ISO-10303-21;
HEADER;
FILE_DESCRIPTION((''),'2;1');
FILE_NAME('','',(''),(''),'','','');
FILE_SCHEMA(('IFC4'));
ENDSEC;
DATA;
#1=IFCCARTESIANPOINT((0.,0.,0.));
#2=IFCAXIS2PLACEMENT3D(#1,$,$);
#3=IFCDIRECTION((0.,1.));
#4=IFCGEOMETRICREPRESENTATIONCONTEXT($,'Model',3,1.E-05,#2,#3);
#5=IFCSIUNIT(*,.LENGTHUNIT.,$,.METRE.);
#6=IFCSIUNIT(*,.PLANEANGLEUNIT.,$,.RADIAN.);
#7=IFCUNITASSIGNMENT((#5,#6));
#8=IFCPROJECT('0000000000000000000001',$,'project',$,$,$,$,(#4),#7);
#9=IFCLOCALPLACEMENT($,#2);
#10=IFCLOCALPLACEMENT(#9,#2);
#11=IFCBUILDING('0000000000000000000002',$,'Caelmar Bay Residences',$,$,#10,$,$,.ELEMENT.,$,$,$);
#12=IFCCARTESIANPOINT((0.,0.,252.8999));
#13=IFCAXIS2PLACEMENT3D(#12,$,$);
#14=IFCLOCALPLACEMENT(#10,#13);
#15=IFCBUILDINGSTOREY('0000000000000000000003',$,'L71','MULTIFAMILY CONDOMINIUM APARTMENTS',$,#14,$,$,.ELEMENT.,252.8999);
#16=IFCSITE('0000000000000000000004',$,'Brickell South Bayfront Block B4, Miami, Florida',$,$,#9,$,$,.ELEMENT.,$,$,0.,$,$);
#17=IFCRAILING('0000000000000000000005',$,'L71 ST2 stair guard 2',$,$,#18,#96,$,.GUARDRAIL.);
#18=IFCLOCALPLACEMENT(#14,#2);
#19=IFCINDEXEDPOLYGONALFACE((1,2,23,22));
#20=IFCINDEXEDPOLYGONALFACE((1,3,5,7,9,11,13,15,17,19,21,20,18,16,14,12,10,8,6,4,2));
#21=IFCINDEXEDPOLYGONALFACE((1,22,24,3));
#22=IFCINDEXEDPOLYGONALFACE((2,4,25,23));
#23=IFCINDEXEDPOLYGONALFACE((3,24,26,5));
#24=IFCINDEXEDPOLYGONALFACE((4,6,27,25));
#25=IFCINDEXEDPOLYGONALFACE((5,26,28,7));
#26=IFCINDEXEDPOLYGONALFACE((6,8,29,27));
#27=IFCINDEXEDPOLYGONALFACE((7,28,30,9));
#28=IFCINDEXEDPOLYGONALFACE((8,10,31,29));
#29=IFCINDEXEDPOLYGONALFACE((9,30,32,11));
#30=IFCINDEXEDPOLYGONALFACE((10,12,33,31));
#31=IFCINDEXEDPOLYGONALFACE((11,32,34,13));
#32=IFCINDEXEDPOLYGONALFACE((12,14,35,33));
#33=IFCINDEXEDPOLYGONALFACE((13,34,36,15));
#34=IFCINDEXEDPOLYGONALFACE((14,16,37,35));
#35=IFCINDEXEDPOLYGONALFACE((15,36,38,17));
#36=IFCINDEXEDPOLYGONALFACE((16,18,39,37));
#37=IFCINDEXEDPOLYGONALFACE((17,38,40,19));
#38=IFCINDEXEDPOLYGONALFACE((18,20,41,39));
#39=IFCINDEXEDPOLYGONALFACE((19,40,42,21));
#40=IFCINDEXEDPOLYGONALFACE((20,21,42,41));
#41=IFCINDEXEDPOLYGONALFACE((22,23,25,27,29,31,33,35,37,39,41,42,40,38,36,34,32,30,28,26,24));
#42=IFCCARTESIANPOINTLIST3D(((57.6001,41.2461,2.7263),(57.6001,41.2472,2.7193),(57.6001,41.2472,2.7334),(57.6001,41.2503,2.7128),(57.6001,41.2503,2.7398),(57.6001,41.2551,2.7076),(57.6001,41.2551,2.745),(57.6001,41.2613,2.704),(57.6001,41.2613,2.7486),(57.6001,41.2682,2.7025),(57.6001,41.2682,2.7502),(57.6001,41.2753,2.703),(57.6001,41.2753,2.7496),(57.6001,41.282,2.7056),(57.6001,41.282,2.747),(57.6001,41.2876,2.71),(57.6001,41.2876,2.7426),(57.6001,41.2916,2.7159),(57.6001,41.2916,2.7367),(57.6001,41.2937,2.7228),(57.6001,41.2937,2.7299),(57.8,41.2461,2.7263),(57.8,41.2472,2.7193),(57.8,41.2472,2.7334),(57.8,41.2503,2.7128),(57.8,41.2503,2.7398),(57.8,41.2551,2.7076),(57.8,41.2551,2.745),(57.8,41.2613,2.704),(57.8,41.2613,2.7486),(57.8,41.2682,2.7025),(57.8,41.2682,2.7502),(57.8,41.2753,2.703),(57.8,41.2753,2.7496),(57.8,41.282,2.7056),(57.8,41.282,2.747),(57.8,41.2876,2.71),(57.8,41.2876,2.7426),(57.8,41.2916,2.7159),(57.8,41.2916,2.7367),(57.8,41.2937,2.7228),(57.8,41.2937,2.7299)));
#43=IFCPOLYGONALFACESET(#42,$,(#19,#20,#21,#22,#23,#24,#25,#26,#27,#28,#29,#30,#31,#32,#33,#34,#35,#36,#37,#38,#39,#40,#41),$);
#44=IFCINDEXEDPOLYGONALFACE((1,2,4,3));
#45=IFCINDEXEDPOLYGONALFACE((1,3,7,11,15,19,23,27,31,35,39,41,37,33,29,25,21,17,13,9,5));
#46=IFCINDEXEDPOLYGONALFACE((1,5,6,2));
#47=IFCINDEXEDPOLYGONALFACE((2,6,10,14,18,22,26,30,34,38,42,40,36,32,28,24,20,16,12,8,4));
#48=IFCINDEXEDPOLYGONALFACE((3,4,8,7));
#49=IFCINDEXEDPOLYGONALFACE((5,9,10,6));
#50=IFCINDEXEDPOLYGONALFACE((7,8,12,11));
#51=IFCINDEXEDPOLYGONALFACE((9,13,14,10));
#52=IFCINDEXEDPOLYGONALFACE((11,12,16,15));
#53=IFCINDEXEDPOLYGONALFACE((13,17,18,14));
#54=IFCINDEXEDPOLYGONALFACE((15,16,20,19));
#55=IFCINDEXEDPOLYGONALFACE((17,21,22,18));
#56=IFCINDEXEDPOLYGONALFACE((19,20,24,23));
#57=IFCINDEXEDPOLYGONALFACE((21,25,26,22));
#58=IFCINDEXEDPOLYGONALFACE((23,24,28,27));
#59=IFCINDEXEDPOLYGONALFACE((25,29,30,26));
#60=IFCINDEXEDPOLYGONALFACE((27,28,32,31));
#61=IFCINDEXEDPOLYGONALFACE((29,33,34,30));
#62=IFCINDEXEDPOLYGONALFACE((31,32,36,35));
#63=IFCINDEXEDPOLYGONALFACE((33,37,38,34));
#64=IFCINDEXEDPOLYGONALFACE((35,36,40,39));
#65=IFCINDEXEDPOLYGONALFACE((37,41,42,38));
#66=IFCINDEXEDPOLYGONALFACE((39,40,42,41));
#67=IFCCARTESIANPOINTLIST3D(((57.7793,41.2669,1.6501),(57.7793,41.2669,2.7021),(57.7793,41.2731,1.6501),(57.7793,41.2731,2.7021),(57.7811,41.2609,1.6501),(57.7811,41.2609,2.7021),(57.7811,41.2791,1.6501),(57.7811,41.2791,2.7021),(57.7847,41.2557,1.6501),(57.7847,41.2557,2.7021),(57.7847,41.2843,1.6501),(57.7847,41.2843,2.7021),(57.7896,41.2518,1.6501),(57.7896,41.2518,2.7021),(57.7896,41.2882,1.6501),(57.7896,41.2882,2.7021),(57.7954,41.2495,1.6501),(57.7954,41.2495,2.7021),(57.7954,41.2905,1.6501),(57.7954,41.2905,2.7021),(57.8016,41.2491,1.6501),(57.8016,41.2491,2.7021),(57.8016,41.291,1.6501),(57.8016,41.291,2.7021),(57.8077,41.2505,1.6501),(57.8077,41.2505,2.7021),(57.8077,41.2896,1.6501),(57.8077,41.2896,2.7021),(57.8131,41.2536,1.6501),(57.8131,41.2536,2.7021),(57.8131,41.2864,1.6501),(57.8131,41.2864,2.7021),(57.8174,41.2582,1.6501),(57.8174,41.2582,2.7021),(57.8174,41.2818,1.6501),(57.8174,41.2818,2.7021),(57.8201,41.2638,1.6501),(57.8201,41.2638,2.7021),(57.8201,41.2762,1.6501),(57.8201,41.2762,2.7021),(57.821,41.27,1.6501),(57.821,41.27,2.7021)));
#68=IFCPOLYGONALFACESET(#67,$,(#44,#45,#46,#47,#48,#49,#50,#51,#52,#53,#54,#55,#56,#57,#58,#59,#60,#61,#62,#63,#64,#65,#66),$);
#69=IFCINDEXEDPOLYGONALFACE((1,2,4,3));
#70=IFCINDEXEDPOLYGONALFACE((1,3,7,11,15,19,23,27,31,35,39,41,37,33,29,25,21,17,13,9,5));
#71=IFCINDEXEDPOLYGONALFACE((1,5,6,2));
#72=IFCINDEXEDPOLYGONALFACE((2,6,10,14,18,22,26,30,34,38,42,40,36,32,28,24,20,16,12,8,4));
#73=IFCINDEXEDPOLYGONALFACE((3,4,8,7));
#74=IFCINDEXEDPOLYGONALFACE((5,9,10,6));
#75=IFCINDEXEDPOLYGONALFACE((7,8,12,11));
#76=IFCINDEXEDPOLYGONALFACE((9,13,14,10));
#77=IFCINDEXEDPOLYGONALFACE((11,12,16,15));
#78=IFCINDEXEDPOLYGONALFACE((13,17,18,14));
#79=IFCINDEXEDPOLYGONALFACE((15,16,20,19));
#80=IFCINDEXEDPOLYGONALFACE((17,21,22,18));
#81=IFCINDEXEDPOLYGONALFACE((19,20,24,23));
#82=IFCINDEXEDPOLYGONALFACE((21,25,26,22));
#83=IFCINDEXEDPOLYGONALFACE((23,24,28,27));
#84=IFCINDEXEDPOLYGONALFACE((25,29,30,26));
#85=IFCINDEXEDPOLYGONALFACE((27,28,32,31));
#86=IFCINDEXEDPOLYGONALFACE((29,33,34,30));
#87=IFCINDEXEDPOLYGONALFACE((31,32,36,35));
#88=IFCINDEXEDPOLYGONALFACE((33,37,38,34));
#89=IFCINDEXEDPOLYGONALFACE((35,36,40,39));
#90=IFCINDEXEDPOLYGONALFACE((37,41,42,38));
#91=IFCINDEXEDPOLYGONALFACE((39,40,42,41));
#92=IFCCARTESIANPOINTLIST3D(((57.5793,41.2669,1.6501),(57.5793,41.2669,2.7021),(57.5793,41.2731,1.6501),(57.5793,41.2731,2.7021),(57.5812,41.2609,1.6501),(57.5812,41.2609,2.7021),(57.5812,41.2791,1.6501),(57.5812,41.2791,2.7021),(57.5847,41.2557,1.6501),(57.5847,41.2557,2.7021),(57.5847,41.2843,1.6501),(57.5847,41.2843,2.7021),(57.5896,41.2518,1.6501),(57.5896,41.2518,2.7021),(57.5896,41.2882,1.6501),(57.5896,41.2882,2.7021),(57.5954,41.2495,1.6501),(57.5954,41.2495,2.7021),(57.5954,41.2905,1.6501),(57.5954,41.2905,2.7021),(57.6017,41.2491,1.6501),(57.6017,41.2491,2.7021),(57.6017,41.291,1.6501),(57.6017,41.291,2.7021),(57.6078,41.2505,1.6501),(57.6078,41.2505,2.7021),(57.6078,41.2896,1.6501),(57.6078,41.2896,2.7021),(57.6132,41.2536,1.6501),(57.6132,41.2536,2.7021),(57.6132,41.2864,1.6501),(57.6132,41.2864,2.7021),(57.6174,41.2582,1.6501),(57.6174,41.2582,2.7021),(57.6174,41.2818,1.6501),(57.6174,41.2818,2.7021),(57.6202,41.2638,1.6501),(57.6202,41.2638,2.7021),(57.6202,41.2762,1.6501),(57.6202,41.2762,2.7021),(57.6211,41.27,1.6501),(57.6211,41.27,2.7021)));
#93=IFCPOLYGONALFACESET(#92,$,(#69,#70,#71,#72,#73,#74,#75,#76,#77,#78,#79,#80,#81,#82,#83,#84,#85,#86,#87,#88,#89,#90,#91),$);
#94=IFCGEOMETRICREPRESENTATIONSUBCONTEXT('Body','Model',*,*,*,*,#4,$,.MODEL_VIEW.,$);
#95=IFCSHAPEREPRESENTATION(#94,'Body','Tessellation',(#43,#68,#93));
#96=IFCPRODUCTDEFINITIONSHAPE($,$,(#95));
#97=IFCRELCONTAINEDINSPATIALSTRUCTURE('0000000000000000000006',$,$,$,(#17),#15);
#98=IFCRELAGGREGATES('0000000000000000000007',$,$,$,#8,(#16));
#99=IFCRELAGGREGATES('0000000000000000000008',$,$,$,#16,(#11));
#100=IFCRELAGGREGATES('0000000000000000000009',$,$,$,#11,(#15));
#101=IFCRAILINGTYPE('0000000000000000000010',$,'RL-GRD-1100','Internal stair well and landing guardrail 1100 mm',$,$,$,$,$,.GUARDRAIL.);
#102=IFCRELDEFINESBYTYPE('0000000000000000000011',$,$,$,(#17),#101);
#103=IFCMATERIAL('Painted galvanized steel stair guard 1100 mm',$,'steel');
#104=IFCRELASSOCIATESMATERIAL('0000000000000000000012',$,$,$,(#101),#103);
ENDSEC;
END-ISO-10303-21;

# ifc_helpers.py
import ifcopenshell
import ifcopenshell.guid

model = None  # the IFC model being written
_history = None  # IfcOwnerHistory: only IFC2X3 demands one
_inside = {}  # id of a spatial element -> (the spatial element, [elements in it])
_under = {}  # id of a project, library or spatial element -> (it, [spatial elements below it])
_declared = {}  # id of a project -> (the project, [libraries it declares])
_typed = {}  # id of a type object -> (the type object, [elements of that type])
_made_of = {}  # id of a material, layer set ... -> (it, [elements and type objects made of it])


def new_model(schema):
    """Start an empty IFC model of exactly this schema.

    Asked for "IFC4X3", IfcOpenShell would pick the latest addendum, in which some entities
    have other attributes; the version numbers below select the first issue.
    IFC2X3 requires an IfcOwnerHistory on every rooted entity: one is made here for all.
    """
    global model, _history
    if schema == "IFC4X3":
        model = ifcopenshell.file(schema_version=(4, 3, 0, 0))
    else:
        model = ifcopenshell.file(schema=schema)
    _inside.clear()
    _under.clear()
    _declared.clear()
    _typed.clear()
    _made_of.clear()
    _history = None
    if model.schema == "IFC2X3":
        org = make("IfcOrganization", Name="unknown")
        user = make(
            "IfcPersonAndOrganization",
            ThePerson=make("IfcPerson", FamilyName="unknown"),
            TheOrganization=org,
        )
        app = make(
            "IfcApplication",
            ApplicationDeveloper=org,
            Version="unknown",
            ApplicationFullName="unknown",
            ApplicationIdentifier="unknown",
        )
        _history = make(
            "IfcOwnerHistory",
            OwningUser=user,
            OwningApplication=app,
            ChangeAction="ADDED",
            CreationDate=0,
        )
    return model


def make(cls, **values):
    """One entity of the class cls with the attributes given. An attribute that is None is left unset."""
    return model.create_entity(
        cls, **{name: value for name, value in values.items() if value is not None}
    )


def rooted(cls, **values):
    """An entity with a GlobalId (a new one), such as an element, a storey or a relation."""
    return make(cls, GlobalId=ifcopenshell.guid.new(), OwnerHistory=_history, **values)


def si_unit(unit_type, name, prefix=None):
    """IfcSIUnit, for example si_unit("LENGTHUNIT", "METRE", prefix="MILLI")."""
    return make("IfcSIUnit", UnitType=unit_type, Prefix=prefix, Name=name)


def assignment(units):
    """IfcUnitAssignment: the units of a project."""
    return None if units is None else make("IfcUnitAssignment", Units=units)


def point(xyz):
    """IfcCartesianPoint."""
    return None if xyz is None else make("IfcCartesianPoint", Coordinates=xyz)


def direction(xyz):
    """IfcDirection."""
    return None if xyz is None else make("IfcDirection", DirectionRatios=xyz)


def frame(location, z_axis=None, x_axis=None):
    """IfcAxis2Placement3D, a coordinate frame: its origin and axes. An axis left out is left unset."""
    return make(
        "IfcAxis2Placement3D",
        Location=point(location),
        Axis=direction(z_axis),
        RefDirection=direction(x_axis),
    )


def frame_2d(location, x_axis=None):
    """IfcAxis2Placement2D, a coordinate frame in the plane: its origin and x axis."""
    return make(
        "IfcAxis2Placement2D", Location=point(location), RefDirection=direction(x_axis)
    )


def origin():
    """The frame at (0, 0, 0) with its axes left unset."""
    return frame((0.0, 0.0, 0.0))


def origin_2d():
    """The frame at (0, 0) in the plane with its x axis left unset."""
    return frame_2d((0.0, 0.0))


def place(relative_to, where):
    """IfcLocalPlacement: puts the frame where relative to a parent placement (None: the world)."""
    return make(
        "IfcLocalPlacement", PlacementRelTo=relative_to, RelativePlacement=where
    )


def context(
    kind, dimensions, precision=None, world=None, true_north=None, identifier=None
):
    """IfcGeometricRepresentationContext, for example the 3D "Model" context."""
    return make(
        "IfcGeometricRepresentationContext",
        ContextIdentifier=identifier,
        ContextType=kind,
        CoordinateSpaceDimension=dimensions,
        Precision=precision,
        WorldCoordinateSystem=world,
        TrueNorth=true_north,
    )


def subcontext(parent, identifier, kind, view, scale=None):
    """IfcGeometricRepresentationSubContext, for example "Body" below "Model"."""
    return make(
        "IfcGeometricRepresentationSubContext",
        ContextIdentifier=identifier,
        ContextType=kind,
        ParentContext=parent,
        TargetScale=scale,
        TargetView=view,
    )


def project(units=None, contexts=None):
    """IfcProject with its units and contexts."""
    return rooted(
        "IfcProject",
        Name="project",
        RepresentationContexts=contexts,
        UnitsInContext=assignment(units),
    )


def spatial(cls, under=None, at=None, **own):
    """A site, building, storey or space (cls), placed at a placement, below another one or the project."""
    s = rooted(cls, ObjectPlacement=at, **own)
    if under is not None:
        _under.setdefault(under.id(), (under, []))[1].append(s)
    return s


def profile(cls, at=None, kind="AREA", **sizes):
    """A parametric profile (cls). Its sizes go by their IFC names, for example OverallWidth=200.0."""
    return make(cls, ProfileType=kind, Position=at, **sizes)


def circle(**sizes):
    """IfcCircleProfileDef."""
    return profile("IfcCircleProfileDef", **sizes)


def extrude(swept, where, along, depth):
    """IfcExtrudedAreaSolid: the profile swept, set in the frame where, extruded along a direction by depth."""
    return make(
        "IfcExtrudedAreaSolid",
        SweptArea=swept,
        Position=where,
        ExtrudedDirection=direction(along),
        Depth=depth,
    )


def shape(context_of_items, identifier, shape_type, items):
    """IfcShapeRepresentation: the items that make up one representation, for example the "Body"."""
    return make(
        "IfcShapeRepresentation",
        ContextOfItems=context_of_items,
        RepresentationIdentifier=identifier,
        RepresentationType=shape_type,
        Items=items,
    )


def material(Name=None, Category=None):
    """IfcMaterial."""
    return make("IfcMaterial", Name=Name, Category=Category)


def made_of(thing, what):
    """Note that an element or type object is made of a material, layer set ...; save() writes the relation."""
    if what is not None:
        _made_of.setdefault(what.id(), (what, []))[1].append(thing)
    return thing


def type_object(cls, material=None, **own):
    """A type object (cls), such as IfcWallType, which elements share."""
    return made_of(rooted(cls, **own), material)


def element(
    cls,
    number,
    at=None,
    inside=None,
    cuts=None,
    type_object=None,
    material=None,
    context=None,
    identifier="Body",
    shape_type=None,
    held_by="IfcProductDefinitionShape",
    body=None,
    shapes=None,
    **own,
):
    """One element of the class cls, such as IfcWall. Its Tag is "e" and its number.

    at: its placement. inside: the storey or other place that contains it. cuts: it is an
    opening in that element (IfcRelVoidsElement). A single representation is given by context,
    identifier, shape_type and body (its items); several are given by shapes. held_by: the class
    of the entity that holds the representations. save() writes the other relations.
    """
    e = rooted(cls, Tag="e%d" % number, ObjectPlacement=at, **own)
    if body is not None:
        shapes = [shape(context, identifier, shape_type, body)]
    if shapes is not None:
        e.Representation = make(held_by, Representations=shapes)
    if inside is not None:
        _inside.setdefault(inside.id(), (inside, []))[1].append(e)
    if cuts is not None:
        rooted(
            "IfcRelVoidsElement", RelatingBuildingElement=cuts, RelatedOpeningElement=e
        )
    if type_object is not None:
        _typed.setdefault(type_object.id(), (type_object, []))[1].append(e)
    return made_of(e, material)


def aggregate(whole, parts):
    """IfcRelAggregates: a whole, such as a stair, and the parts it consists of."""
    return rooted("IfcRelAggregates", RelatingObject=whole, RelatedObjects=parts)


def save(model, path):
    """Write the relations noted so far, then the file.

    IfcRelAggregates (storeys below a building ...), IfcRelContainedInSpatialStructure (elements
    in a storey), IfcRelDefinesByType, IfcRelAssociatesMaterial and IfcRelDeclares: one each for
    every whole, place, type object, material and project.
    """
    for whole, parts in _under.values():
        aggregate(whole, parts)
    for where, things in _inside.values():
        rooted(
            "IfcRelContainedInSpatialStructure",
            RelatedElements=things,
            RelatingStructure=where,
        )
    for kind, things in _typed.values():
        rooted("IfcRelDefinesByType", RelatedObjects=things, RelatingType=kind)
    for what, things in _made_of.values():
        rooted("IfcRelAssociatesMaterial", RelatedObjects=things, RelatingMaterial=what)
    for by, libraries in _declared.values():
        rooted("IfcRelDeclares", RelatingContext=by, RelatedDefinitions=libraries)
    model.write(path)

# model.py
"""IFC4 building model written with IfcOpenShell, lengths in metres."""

from ifc_helpers import new_model, si_unit, direction, frame, origin, origin_2d, place, context, subcontext, project, spatial, circle, extrude, material, type_object, element, save


model = new_model("IFC4")

# Units and contexts
model_context = context("Model", 3, precision=1e-05, world=origin(), true_north=direction((0.0, 1.0)))
body_context = subcontext(model_context, "Body", "Model", "MODEL_VIEW")
ifc_project = project(units=[si_unit("LENGTHUNIT", "METRE"), si_unit("PLANEANGLEUNIT", "RADIAN")], contexts=[model_context])

# Site, building, storey
site_placement = place(None, origin())
site = spatial("IfcSite", under=ifc_project, at=site_placement, Name="Brickell South Bayfront Block B4, Miami, Florida", CompositionType="ELEMENT", RefElevation=0.0)
building_placement = place(site_placement, origin())
building = spatial("IfcBuilding", under=site, at=building_placement, Name="Caelmar Bay Residences", CompositionType="ELEMENT")
storey_placement = place(building_placement, frame((0.0, 0.0, 252.8999)))
storey = spatial("IfcBuildingStorey", under=building, at=storey_placement, Name="L71", Description="MULTIFAMILY CONDOMINIUM APARTMENTS", CompositionType="ELEMENT", Elevation=252.8999)

# Railing
ifc_material_1 = material(Name="Painted galvanized steel stair guard 1100 mm", Category="steel")
railing_type_1 = type_object("IfcRailingType", Name="RL-GRD-1100", Description="Internal stair well and landing guardrail 1100 mm", PredefinedType="GUARDRAIL", material=ifc_material_1)
railing_1_placement = place(storey_placement, frame((57.8, 41.27, 1.6501)))
element("IfcRailing", 1, at=railing_1_placement, inside=storey, type_object=railing_type_1, Name="L71 ST2 stair guard 2", PredefinedType="GUARDRAIL", context=body_context, shape_type="SweptSolid", body=[
    extrude(circle(Radius=0.0239, at=origin_2d()), frame((0.0, 0.0, 1.0762), z_axis=(-1.0, 0.0, 0.0), x_axis=(0.0, -1.0, 0.0)), (0.0, 0.0, 1.0), 0.2),
    extrude(circle(Radius=0.021, at=origin_2d()), origin(), (0.0, 0.0, 1.0), 1.052),
    extrude(circle(Radius=0.021, at=origin_2d()), frame((-0.2, 0.0, 0.0)), (0.0, 0.0, 1.0), 1.052),
])

save(model, "model.ifc")
